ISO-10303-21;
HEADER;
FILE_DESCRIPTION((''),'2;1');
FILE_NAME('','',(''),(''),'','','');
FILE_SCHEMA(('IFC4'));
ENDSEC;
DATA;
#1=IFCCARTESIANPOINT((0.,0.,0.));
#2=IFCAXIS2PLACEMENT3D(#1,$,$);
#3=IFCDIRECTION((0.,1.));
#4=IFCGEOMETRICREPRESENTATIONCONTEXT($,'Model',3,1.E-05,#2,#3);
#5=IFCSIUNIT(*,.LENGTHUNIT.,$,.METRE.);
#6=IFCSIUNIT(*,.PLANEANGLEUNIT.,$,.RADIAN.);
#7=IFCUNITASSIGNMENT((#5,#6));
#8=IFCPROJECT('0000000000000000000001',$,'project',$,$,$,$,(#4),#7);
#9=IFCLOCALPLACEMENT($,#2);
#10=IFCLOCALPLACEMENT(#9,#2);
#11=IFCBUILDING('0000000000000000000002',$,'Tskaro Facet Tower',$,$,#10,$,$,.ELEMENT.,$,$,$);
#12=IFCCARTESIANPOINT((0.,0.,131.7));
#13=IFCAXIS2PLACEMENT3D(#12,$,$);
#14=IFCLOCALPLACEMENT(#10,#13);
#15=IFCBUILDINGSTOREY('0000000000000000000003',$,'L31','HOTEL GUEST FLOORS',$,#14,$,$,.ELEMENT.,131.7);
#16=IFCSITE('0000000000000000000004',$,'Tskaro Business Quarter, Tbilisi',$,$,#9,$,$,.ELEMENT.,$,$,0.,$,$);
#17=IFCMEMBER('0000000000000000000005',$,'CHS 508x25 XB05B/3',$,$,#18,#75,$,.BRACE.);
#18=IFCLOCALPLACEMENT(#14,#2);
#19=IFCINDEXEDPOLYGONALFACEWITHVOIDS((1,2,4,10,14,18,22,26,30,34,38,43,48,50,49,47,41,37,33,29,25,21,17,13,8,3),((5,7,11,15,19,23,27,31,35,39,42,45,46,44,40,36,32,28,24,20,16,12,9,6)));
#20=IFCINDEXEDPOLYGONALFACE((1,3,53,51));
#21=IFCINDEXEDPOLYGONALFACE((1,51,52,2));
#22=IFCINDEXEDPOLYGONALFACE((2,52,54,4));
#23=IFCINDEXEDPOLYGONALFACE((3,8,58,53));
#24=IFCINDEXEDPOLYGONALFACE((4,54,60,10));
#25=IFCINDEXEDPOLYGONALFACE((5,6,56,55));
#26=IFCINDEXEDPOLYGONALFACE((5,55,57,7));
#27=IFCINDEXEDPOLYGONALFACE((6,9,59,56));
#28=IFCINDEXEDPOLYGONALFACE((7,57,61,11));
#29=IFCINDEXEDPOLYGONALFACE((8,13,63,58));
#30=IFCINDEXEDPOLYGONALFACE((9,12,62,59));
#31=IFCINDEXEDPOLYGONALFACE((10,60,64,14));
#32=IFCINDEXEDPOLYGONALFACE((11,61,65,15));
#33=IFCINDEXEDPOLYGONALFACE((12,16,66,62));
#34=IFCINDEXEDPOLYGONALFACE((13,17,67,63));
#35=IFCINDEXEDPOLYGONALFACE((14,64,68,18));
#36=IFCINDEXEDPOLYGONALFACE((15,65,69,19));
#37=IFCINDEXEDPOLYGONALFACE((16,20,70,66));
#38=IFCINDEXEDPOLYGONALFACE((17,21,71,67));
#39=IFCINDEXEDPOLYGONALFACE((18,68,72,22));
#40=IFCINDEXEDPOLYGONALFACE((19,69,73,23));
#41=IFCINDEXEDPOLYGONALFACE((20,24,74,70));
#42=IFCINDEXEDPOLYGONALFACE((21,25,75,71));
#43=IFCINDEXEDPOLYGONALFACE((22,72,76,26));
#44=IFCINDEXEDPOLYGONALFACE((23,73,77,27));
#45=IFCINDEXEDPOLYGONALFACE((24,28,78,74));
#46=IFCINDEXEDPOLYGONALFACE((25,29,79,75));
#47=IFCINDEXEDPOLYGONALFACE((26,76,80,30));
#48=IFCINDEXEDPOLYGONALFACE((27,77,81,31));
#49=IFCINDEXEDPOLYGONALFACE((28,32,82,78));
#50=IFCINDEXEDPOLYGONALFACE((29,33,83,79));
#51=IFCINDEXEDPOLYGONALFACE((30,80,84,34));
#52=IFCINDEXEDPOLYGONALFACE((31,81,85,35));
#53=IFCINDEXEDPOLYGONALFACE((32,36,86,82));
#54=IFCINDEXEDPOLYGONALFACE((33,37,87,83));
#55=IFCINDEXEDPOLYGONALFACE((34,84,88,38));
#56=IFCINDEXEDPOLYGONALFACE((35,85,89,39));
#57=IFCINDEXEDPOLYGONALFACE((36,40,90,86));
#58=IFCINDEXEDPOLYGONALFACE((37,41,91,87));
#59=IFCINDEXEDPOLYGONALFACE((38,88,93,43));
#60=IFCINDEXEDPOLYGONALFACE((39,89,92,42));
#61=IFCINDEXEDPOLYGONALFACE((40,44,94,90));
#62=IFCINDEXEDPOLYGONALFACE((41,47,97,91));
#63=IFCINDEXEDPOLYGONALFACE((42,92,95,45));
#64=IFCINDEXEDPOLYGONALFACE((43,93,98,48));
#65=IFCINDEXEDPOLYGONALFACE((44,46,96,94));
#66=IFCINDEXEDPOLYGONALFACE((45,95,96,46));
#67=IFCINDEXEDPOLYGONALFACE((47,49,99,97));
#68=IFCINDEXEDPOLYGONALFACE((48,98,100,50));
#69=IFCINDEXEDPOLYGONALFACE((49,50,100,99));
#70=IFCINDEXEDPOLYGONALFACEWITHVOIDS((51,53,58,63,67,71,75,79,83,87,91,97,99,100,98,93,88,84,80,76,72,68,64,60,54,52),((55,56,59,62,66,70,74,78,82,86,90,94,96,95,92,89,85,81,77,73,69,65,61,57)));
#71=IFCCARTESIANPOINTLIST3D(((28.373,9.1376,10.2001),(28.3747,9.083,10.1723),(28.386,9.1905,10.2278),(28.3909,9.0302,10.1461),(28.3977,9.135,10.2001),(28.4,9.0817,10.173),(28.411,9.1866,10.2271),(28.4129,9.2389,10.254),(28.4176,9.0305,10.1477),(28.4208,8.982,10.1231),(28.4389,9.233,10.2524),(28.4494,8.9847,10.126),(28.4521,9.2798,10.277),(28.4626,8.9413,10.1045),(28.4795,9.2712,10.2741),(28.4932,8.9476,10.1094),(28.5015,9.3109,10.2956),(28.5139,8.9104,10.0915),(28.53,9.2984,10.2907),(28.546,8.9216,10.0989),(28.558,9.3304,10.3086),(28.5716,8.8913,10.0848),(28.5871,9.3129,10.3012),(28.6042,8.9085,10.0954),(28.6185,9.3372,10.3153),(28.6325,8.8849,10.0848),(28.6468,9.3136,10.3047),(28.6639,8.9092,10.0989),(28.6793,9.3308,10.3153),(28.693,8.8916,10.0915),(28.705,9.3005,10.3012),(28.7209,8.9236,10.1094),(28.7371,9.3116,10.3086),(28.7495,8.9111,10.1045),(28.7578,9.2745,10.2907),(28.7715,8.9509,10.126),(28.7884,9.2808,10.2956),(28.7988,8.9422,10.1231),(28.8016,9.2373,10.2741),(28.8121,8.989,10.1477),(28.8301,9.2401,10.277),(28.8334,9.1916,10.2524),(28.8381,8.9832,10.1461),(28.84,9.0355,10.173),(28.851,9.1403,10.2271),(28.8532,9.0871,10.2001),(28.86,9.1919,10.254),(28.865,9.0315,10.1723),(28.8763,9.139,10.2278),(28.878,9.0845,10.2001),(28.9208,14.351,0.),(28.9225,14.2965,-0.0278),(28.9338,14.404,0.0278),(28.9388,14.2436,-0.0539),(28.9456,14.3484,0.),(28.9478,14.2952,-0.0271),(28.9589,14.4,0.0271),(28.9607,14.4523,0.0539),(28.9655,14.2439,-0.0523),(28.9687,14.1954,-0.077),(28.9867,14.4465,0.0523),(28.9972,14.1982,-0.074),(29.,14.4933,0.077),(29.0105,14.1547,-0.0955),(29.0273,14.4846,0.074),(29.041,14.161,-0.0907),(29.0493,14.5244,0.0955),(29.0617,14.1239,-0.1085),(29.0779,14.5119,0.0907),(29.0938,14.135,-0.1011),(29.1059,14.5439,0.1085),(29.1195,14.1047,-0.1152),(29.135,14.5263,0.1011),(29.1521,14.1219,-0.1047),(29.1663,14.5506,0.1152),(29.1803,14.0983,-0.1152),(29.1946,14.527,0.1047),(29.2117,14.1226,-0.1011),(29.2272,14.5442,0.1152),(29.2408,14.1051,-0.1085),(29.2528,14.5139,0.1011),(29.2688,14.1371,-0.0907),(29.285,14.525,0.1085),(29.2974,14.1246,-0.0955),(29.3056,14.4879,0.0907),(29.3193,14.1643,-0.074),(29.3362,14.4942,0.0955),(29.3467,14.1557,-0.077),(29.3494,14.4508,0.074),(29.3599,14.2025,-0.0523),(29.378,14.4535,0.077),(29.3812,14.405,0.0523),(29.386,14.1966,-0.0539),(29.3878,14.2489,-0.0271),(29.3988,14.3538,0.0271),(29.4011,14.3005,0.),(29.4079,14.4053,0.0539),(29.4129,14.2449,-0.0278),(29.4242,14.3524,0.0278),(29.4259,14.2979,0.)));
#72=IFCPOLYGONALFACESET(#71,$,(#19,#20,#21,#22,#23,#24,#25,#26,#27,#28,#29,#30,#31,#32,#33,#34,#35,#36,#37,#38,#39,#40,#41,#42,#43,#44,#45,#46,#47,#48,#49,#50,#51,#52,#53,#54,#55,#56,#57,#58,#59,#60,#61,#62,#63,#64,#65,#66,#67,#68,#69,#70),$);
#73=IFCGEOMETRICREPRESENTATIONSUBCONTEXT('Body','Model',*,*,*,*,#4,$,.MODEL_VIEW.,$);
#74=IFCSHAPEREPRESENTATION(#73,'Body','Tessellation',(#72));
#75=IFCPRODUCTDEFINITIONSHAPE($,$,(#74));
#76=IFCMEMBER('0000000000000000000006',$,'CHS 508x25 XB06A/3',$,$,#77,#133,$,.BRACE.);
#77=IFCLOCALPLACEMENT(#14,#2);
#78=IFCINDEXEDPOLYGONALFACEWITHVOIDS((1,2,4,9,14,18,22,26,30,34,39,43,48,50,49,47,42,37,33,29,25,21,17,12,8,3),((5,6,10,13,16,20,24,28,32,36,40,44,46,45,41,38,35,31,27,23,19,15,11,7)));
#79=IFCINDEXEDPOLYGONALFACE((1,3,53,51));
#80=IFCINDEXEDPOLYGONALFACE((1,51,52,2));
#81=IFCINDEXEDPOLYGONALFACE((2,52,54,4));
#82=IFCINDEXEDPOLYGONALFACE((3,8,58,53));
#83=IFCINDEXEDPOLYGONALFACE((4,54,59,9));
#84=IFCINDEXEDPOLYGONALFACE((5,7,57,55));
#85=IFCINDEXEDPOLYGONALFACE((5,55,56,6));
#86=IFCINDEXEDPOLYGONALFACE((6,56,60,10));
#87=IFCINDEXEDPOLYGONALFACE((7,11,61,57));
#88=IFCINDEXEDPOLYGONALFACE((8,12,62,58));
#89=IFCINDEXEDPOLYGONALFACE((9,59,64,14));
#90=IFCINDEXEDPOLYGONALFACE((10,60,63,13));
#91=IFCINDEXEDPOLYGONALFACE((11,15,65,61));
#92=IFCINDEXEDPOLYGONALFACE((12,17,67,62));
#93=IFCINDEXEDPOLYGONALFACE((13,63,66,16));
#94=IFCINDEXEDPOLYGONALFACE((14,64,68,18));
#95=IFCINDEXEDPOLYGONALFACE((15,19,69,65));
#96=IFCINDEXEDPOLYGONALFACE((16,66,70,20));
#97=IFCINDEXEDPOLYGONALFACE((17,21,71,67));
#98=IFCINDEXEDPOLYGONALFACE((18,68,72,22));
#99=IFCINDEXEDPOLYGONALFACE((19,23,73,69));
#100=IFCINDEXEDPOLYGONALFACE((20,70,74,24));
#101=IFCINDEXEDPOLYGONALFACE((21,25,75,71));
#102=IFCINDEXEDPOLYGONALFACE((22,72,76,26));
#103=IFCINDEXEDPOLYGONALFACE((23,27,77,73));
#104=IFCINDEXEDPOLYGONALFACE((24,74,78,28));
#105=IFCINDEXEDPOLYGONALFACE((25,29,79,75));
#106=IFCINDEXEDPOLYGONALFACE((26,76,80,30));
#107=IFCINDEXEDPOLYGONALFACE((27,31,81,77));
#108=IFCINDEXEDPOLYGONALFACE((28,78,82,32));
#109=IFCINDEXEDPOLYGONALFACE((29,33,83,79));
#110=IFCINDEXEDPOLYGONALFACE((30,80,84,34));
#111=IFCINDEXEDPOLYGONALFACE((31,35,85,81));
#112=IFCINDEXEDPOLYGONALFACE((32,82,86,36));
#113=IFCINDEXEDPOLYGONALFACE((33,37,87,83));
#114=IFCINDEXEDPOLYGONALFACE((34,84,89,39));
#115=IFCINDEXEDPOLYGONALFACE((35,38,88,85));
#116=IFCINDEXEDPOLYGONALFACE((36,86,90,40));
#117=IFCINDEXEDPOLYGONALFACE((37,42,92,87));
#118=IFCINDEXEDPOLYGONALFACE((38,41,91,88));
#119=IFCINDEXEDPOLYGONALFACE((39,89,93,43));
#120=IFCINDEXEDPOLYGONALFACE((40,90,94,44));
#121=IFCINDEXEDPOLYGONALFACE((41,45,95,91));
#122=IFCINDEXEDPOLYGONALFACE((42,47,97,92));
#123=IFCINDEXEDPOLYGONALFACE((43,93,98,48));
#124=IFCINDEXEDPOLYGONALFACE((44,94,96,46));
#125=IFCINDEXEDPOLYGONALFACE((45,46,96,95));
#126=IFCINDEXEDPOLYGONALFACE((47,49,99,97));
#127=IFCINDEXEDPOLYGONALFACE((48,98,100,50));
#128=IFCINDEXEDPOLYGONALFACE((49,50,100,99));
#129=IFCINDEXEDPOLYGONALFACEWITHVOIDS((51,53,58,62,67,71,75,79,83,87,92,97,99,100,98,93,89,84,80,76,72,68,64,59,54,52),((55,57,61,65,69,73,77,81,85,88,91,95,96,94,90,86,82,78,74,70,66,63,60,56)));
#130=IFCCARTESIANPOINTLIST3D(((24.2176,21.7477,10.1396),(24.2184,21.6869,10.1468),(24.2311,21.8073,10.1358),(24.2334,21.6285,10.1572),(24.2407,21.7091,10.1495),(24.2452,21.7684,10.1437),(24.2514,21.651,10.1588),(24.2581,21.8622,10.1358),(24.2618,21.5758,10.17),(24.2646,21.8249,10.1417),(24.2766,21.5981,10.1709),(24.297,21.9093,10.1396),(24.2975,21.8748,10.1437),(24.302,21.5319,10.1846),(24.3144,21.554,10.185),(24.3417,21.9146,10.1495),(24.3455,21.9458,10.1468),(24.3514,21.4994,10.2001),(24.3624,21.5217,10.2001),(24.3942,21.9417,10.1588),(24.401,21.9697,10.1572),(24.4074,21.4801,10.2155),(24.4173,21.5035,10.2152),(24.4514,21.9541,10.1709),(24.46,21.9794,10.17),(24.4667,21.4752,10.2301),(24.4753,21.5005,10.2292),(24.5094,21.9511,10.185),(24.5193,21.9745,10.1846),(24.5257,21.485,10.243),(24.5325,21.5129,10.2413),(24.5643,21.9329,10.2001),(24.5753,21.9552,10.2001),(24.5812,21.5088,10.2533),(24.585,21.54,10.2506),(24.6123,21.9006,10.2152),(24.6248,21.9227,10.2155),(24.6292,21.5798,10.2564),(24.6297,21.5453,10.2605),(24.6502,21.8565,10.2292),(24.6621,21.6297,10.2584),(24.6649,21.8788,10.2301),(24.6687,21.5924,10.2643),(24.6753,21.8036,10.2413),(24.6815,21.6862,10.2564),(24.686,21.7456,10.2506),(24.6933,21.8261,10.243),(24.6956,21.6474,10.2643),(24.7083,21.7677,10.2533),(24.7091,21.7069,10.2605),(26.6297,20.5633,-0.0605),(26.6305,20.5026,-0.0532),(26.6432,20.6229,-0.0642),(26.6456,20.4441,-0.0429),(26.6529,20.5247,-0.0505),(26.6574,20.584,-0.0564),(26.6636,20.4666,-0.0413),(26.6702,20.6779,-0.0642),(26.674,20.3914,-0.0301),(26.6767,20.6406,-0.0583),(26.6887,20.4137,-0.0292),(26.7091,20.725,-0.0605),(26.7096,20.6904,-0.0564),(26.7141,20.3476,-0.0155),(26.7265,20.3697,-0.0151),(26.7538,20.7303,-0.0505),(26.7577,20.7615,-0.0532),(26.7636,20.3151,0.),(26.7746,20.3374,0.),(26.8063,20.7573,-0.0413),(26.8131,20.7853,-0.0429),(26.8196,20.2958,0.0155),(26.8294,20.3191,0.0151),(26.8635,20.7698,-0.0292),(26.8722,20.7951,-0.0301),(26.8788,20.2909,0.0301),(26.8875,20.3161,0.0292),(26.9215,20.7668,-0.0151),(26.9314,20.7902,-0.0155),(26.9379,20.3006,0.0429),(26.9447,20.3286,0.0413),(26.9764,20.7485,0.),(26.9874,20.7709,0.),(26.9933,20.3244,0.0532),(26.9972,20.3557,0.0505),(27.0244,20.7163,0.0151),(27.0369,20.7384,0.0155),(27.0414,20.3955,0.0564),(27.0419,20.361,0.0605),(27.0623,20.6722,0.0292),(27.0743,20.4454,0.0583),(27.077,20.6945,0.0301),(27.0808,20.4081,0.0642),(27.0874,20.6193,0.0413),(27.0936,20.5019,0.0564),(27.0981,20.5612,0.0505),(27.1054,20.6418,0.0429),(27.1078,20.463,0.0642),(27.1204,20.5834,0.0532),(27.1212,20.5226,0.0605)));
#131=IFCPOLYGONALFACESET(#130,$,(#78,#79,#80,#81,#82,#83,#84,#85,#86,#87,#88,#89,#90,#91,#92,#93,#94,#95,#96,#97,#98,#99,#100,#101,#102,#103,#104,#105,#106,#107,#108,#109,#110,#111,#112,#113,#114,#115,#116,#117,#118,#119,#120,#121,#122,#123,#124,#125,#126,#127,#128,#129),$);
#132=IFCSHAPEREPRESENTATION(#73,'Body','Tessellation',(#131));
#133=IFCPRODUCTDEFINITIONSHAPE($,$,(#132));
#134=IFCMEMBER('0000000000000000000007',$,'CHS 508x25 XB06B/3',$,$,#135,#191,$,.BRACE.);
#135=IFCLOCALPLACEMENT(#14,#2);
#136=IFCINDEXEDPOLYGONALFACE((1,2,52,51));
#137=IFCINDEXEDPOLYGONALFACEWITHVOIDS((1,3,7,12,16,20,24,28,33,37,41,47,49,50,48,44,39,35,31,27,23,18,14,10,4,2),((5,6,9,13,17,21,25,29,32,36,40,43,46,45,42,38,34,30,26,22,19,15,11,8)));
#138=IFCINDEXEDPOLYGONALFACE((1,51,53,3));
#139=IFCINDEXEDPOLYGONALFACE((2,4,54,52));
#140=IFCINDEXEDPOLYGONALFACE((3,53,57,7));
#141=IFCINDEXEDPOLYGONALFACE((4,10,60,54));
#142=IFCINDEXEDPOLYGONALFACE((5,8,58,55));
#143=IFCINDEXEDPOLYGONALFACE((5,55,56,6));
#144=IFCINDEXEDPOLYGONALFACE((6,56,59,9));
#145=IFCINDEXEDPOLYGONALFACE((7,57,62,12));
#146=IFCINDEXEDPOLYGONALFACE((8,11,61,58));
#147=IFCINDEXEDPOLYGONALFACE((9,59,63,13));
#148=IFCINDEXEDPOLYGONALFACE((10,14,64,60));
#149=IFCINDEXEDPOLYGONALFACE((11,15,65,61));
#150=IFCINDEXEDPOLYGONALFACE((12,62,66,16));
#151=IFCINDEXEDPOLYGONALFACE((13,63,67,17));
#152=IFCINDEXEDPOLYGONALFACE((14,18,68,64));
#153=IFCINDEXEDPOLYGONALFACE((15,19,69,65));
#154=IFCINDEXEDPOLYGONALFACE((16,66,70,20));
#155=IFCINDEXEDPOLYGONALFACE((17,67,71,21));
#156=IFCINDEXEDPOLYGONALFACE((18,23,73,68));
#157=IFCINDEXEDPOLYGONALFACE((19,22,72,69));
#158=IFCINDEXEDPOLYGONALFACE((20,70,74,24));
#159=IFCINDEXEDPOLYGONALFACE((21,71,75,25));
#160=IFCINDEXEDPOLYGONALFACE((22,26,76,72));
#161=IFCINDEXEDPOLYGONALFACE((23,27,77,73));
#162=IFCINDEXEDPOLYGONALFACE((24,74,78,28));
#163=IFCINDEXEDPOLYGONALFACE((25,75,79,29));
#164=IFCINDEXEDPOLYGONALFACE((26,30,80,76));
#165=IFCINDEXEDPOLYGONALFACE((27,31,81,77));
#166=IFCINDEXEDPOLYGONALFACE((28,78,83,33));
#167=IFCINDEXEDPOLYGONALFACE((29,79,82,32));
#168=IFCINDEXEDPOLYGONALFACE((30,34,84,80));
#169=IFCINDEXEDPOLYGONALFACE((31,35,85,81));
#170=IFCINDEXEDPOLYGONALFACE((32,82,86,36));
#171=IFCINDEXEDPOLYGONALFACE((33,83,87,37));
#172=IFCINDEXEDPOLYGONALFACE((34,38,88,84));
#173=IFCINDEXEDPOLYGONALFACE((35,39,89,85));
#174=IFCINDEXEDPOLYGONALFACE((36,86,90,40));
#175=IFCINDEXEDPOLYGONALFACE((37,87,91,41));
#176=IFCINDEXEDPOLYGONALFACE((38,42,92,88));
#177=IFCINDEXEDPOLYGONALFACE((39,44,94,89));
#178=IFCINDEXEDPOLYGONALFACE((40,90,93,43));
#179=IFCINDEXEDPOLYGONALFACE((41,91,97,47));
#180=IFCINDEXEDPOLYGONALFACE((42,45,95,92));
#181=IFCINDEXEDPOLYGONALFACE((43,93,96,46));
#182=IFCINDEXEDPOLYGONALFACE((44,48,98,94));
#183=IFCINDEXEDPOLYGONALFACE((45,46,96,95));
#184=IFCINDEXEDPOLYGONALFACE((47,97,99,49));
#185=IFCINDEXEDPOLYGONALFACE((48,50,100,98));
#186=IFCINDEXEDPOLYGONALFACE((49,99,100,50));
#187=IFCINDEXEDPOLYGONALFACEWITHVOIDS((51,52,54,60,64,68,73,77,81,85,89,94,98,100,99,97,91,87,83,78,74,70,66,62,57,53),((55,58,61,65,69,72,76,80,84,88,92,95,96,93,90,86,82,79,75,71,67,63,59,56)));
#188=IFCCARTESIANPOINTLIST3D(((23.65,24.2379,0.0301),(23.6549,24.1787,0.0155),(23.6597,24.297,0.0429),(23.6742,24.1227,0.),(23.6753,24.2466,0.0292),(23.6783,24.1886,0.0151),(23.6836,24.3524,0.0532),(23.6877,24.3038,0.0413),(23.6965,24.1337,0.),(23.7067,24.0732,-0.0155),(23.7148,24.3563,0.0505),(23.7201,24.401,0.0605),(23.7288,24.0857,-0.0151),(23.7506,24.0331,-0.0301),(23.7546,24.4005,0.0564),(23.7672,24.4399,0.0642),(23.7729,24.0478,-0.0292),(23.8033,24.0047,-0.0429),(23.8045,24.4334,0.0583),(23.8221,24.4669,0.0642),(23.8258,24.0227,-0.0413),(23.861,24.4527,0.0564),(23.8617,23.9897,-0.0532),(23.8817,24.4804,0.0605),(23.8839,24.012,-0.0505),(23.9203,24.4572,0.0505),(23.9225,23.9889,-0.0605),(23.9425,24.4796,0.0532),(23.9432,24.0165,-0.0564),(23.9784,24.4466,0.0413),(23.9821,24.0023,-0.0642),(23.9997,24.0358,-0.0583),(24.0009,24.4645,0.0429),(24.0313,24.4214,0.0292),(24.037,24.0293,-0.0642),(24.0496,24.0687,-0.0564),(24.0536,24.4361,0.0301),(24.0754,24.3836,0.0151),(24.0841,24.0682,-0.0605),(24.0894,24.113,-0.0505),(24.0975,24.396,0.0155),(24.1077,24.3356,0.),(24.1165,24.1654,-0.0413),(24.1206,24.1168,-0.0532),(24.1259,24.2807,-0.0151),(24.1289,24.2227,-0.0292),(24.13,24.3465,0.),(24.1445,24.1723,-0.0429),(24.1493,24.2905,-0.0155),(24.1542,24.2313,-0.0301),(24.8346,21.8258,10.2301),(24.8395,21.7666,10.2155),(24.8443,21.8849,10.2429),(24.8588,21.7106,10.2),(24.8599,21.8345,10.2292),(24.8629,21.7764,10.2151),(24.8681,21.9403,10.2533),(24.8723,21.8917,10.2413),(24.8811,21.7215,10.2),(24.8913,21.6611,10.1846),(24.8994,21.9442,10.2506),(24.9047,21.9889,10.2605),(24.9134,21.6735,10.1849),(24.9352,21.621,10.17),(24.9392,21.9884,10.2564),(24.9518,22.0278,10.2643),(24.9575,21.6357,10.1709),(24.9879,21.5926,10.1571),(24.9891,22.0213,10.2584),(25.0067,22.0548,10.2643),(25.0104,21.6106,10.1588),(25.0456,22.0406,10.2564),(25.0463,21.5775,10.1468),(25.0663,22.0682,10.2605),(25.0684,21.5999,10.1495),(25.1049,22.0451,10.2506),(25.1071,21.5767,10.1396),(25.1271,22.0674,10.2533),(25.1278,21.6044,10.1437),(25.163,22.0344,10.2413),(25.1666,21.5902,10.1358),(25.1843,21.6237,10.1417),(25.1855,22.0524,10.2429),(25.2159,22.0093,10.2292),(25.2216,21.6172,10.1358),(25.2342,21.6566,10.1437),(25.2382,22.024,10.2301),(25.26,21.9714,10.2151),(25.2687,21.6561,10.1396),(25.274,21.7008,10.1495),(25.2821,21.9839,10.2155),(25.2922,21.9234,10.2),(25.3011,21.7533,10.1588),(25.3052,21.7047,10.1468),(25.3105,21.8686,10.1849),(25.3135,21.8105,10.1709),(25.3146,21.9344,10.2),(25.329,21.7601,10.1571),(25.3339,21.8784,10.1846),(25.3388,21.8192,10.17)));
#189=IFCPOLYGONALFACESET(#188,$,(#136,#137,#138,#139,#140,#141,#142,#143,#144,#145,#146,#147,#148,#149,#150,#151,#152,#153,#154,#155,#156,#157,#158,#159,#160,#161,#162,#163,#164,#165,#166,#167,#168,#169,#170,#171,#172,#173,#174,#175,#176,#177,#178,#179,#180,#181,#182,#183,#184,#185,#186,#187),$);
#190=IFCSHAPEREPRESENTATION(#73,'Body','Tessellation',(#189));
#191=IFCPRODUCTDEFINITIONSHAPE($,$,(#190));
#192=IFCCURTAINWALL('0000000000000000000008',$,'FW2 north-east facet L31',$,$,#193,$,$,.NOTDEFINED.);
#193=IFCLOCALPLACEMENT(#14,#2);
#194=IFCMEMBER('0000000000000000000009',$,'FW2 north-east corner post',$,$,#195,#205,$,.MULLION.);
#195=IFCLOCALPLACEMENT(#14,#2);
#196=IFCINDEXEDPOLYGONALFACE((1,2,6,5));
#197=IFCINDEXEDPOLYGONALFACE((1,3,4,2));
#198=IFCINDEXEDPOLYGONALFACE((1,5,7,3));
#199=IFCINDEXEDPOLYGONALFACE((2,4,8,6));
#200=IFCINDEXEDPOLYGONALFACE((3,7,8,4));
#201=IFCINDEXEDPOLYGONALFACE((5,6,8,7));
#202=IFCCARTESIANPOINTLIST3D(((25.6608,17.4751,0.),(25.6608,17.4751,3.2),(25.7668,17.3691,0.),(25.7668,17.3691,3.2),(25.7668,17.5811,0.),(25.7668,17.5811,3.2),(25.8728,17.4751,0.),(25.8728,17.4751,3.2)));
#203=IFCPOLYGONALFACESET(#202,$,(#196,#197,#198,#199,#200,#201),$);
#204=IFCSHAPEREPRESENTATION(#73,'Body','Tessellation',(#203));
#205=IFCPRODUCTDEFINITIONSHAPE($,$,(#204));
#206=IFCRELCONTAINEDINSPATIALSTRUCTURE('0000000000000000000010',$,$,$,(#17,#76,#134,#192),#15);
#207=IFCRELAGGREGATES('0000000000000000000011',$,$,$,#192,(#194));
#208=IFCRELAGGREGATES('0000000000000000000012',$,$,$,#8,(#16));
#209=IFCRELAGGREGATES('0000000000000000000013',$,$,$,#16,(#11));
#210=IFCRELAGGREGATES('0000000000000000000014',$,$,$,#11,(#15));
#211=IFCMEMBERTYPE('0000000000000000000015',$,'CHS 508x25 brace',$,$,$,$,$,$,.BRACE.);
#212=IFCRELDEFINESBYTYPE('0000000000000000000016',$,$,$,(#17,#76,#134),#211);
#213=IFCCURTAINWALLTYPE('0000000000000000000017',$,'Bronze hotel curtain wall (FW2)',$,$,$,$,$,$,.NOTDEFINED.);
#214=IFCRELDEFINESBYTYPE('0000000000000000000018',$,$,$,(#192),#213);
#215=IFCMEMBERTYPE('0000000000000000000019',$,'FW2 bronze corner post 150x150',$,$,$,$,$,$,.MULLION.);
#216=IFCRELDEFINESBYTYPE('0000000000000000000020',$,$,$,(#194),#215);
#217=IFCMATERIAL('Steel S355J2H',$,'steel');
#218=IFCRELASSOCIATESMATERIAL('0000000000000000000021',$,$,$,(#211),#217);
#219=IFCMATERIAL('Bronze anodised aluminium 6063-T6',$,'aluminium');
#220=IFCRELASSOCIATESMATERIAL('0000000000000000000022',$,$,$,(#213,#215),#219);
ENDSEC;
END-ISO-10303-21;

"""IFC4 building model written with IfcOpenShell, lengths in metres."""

from ifc_helpers import new_model, si_unit, direction, frame, origin, origin_2d, place, context, subcontext, project, spatial, rectangle, hollow_circle, extrude, material, material_profile, profile_set, type_object, element, aggregate, save


model = new_model("IFC4")

# Units and contexts
model_context = context("Model", 3, precision=1e-05, world=origin(), true_north=direction((0.0, 1.0)))
body_context = subcontext(model_context, "Body", "Model", "MODEL_VIEW")
ifc_project = project(units=[si_unit("LENGTHUNIT", "METRE"), si_unit("PLANEANGLEUNIT", "RADIAN")], contexts=[model_context])

# Site, building, storey
site_placement = place(None, origin())
site = spatial("IfcSite", under=ifc_project, at=site_placement, Name="Tskaro Business Quarter, Tbilisi", CompositionType="ELEMENT", RefElevation=0.0)
building_placement = place(site_placement, origin())
building = spatial("IfcBuilding", under=site, at=building_placement, Name="Tskaro Facet Tower", CompositionType="ELEMENT")
storey_placement = place(building_placement, frame((0.0, 0.0, 131.7)))
storey = spatial("IfcBuildingStorey", under=building, at=storey_placement, Name="L31", Description="HOTEL GUEST FLOORS", CompositionType="ELEMENT", Elevation=131.7)

# Shared definitions
ifc_material_1 = material(Name="Steel S355J2H", Category="steel")

# Members
ifc_material_profile_1 = material_profile(ifc_material_1, hollow_circle(Radius=0.2539, WallThickness=0.0249, at=origin_2d()), Name="CHS 508x25")
ifc_profile_set_1 = profile_set([ifc_material_profile_1], Name="Steel S355J2H")
member_type_1 = type_object("IfcMemberType", Name="CHS 508x25 brace", PredefinedType="BRACE", material=ifc_profile_set_1)
member_1_placement = place(storey_placement, frame((29.1733, 14.3245, 0.0), z_axis=(-0.047772, -0.454596, 0.889416), x_axis=(0.994524, -0.10451, 0.0)))
element("IfcMember", 1, at=member_1_placement, inside=storey, type_object=member_type_1, Name="CHS 508x25 XB05B/3", PredefinedType="BRACE", context=body_context, shape_type="SweptSolid", body=[
    extrude(hollow_circle(Radius=0.2539, WallThickness=0.0249, at=origin_2d()), origin(), (0.0, 0.0, 1.0), 11.4683),
])
for number, where, z_axis, x_axis, name in (
    (2, (26.8755, 20.543, 0.0), (-0.22868, 0.11228, 0.967005), (-0.440733, -0.897638, 0.0), "CHS 508x25 XB06A/3"),
    (3, (23.9021, 24.2346, 0.0), (0.112303, -0.228679, 0.967003), (0.897602, 0.440806, 0.0), "CHS 508x25 XB06B/3"),
):
    element("IfcMember", number, at=place(storey_placement, frame(where, z_axis=z_axis, x_axis=x_axis)), inside=storey, type_object=member_type_1, Name=name, PredefinedType="BRACE", context=body_context, shape_type="SweptSolid", body=[
        extrude(hollow_circle(Radius=0.2539, WallThickness=0.0249, at=origin_2d()), origin(), (0.0, 0.0, 1.0), 10.5481),
    ])

# Curtain wall, member
ifc_material_2 = material(Name="Bronze anodised aluminium 6063-T6", Category="aluminium")
curtain_wall_type = type_object("IfcCurtainWallType", Name="Bronze hotel curtain wall (FW2)", PredefinedType="NOTDEFINED", material=ifc_material_2)
curtain_wall_1_placement = place(storey_placement, origin())
curtain_wall_1 = element("IfcCurtainWall", 4, at=curtain_wall_1_placement, inside=storey, type_object=curtain_wall_type, Name="FW2 north-east facet L31", PredefinedType="NOTDEFINED")
ifc_material_profile_2 = material_profile(ifc_material_2, rectangle(XDim=0.1499, YDim=0.1499, at=origin_2d()), Name="Corner post 150x150")
ifc_profile_set_2 = profile_set([ifc_material_profile_2], Name="Bronze anodised aluminium 6063-T6")
member_type_2 = type_object("IfcMemberType", Name="FW2 bronze corner post 150x150", PredefinedType="MULLION", material=ifc_profile_set_2)
member_2_placement = place(storey_placement, frame((25.7668, 17.4751, 0.0), z_axis=(0.0, 0.0, 1.0), x_axis=(-0.707107, 0.707107, 0.0)))
member_2 = element("IfcMember", 5, at=member_2_placement, type_object=member_type_2, Name="FW2 north-east corner post", PredefinedType="MULLION", context=body_context, shape_type="SweptSolid", body=[
    extrude(rectangle(XDim=0.1499, YDim=0.1499, at=origin_2d()), origin(), (0.0, 0.0, 1.0), 3.2),
])

aggregate(curtain_wall_1, [member_2])

save(model, "model.ifc")
